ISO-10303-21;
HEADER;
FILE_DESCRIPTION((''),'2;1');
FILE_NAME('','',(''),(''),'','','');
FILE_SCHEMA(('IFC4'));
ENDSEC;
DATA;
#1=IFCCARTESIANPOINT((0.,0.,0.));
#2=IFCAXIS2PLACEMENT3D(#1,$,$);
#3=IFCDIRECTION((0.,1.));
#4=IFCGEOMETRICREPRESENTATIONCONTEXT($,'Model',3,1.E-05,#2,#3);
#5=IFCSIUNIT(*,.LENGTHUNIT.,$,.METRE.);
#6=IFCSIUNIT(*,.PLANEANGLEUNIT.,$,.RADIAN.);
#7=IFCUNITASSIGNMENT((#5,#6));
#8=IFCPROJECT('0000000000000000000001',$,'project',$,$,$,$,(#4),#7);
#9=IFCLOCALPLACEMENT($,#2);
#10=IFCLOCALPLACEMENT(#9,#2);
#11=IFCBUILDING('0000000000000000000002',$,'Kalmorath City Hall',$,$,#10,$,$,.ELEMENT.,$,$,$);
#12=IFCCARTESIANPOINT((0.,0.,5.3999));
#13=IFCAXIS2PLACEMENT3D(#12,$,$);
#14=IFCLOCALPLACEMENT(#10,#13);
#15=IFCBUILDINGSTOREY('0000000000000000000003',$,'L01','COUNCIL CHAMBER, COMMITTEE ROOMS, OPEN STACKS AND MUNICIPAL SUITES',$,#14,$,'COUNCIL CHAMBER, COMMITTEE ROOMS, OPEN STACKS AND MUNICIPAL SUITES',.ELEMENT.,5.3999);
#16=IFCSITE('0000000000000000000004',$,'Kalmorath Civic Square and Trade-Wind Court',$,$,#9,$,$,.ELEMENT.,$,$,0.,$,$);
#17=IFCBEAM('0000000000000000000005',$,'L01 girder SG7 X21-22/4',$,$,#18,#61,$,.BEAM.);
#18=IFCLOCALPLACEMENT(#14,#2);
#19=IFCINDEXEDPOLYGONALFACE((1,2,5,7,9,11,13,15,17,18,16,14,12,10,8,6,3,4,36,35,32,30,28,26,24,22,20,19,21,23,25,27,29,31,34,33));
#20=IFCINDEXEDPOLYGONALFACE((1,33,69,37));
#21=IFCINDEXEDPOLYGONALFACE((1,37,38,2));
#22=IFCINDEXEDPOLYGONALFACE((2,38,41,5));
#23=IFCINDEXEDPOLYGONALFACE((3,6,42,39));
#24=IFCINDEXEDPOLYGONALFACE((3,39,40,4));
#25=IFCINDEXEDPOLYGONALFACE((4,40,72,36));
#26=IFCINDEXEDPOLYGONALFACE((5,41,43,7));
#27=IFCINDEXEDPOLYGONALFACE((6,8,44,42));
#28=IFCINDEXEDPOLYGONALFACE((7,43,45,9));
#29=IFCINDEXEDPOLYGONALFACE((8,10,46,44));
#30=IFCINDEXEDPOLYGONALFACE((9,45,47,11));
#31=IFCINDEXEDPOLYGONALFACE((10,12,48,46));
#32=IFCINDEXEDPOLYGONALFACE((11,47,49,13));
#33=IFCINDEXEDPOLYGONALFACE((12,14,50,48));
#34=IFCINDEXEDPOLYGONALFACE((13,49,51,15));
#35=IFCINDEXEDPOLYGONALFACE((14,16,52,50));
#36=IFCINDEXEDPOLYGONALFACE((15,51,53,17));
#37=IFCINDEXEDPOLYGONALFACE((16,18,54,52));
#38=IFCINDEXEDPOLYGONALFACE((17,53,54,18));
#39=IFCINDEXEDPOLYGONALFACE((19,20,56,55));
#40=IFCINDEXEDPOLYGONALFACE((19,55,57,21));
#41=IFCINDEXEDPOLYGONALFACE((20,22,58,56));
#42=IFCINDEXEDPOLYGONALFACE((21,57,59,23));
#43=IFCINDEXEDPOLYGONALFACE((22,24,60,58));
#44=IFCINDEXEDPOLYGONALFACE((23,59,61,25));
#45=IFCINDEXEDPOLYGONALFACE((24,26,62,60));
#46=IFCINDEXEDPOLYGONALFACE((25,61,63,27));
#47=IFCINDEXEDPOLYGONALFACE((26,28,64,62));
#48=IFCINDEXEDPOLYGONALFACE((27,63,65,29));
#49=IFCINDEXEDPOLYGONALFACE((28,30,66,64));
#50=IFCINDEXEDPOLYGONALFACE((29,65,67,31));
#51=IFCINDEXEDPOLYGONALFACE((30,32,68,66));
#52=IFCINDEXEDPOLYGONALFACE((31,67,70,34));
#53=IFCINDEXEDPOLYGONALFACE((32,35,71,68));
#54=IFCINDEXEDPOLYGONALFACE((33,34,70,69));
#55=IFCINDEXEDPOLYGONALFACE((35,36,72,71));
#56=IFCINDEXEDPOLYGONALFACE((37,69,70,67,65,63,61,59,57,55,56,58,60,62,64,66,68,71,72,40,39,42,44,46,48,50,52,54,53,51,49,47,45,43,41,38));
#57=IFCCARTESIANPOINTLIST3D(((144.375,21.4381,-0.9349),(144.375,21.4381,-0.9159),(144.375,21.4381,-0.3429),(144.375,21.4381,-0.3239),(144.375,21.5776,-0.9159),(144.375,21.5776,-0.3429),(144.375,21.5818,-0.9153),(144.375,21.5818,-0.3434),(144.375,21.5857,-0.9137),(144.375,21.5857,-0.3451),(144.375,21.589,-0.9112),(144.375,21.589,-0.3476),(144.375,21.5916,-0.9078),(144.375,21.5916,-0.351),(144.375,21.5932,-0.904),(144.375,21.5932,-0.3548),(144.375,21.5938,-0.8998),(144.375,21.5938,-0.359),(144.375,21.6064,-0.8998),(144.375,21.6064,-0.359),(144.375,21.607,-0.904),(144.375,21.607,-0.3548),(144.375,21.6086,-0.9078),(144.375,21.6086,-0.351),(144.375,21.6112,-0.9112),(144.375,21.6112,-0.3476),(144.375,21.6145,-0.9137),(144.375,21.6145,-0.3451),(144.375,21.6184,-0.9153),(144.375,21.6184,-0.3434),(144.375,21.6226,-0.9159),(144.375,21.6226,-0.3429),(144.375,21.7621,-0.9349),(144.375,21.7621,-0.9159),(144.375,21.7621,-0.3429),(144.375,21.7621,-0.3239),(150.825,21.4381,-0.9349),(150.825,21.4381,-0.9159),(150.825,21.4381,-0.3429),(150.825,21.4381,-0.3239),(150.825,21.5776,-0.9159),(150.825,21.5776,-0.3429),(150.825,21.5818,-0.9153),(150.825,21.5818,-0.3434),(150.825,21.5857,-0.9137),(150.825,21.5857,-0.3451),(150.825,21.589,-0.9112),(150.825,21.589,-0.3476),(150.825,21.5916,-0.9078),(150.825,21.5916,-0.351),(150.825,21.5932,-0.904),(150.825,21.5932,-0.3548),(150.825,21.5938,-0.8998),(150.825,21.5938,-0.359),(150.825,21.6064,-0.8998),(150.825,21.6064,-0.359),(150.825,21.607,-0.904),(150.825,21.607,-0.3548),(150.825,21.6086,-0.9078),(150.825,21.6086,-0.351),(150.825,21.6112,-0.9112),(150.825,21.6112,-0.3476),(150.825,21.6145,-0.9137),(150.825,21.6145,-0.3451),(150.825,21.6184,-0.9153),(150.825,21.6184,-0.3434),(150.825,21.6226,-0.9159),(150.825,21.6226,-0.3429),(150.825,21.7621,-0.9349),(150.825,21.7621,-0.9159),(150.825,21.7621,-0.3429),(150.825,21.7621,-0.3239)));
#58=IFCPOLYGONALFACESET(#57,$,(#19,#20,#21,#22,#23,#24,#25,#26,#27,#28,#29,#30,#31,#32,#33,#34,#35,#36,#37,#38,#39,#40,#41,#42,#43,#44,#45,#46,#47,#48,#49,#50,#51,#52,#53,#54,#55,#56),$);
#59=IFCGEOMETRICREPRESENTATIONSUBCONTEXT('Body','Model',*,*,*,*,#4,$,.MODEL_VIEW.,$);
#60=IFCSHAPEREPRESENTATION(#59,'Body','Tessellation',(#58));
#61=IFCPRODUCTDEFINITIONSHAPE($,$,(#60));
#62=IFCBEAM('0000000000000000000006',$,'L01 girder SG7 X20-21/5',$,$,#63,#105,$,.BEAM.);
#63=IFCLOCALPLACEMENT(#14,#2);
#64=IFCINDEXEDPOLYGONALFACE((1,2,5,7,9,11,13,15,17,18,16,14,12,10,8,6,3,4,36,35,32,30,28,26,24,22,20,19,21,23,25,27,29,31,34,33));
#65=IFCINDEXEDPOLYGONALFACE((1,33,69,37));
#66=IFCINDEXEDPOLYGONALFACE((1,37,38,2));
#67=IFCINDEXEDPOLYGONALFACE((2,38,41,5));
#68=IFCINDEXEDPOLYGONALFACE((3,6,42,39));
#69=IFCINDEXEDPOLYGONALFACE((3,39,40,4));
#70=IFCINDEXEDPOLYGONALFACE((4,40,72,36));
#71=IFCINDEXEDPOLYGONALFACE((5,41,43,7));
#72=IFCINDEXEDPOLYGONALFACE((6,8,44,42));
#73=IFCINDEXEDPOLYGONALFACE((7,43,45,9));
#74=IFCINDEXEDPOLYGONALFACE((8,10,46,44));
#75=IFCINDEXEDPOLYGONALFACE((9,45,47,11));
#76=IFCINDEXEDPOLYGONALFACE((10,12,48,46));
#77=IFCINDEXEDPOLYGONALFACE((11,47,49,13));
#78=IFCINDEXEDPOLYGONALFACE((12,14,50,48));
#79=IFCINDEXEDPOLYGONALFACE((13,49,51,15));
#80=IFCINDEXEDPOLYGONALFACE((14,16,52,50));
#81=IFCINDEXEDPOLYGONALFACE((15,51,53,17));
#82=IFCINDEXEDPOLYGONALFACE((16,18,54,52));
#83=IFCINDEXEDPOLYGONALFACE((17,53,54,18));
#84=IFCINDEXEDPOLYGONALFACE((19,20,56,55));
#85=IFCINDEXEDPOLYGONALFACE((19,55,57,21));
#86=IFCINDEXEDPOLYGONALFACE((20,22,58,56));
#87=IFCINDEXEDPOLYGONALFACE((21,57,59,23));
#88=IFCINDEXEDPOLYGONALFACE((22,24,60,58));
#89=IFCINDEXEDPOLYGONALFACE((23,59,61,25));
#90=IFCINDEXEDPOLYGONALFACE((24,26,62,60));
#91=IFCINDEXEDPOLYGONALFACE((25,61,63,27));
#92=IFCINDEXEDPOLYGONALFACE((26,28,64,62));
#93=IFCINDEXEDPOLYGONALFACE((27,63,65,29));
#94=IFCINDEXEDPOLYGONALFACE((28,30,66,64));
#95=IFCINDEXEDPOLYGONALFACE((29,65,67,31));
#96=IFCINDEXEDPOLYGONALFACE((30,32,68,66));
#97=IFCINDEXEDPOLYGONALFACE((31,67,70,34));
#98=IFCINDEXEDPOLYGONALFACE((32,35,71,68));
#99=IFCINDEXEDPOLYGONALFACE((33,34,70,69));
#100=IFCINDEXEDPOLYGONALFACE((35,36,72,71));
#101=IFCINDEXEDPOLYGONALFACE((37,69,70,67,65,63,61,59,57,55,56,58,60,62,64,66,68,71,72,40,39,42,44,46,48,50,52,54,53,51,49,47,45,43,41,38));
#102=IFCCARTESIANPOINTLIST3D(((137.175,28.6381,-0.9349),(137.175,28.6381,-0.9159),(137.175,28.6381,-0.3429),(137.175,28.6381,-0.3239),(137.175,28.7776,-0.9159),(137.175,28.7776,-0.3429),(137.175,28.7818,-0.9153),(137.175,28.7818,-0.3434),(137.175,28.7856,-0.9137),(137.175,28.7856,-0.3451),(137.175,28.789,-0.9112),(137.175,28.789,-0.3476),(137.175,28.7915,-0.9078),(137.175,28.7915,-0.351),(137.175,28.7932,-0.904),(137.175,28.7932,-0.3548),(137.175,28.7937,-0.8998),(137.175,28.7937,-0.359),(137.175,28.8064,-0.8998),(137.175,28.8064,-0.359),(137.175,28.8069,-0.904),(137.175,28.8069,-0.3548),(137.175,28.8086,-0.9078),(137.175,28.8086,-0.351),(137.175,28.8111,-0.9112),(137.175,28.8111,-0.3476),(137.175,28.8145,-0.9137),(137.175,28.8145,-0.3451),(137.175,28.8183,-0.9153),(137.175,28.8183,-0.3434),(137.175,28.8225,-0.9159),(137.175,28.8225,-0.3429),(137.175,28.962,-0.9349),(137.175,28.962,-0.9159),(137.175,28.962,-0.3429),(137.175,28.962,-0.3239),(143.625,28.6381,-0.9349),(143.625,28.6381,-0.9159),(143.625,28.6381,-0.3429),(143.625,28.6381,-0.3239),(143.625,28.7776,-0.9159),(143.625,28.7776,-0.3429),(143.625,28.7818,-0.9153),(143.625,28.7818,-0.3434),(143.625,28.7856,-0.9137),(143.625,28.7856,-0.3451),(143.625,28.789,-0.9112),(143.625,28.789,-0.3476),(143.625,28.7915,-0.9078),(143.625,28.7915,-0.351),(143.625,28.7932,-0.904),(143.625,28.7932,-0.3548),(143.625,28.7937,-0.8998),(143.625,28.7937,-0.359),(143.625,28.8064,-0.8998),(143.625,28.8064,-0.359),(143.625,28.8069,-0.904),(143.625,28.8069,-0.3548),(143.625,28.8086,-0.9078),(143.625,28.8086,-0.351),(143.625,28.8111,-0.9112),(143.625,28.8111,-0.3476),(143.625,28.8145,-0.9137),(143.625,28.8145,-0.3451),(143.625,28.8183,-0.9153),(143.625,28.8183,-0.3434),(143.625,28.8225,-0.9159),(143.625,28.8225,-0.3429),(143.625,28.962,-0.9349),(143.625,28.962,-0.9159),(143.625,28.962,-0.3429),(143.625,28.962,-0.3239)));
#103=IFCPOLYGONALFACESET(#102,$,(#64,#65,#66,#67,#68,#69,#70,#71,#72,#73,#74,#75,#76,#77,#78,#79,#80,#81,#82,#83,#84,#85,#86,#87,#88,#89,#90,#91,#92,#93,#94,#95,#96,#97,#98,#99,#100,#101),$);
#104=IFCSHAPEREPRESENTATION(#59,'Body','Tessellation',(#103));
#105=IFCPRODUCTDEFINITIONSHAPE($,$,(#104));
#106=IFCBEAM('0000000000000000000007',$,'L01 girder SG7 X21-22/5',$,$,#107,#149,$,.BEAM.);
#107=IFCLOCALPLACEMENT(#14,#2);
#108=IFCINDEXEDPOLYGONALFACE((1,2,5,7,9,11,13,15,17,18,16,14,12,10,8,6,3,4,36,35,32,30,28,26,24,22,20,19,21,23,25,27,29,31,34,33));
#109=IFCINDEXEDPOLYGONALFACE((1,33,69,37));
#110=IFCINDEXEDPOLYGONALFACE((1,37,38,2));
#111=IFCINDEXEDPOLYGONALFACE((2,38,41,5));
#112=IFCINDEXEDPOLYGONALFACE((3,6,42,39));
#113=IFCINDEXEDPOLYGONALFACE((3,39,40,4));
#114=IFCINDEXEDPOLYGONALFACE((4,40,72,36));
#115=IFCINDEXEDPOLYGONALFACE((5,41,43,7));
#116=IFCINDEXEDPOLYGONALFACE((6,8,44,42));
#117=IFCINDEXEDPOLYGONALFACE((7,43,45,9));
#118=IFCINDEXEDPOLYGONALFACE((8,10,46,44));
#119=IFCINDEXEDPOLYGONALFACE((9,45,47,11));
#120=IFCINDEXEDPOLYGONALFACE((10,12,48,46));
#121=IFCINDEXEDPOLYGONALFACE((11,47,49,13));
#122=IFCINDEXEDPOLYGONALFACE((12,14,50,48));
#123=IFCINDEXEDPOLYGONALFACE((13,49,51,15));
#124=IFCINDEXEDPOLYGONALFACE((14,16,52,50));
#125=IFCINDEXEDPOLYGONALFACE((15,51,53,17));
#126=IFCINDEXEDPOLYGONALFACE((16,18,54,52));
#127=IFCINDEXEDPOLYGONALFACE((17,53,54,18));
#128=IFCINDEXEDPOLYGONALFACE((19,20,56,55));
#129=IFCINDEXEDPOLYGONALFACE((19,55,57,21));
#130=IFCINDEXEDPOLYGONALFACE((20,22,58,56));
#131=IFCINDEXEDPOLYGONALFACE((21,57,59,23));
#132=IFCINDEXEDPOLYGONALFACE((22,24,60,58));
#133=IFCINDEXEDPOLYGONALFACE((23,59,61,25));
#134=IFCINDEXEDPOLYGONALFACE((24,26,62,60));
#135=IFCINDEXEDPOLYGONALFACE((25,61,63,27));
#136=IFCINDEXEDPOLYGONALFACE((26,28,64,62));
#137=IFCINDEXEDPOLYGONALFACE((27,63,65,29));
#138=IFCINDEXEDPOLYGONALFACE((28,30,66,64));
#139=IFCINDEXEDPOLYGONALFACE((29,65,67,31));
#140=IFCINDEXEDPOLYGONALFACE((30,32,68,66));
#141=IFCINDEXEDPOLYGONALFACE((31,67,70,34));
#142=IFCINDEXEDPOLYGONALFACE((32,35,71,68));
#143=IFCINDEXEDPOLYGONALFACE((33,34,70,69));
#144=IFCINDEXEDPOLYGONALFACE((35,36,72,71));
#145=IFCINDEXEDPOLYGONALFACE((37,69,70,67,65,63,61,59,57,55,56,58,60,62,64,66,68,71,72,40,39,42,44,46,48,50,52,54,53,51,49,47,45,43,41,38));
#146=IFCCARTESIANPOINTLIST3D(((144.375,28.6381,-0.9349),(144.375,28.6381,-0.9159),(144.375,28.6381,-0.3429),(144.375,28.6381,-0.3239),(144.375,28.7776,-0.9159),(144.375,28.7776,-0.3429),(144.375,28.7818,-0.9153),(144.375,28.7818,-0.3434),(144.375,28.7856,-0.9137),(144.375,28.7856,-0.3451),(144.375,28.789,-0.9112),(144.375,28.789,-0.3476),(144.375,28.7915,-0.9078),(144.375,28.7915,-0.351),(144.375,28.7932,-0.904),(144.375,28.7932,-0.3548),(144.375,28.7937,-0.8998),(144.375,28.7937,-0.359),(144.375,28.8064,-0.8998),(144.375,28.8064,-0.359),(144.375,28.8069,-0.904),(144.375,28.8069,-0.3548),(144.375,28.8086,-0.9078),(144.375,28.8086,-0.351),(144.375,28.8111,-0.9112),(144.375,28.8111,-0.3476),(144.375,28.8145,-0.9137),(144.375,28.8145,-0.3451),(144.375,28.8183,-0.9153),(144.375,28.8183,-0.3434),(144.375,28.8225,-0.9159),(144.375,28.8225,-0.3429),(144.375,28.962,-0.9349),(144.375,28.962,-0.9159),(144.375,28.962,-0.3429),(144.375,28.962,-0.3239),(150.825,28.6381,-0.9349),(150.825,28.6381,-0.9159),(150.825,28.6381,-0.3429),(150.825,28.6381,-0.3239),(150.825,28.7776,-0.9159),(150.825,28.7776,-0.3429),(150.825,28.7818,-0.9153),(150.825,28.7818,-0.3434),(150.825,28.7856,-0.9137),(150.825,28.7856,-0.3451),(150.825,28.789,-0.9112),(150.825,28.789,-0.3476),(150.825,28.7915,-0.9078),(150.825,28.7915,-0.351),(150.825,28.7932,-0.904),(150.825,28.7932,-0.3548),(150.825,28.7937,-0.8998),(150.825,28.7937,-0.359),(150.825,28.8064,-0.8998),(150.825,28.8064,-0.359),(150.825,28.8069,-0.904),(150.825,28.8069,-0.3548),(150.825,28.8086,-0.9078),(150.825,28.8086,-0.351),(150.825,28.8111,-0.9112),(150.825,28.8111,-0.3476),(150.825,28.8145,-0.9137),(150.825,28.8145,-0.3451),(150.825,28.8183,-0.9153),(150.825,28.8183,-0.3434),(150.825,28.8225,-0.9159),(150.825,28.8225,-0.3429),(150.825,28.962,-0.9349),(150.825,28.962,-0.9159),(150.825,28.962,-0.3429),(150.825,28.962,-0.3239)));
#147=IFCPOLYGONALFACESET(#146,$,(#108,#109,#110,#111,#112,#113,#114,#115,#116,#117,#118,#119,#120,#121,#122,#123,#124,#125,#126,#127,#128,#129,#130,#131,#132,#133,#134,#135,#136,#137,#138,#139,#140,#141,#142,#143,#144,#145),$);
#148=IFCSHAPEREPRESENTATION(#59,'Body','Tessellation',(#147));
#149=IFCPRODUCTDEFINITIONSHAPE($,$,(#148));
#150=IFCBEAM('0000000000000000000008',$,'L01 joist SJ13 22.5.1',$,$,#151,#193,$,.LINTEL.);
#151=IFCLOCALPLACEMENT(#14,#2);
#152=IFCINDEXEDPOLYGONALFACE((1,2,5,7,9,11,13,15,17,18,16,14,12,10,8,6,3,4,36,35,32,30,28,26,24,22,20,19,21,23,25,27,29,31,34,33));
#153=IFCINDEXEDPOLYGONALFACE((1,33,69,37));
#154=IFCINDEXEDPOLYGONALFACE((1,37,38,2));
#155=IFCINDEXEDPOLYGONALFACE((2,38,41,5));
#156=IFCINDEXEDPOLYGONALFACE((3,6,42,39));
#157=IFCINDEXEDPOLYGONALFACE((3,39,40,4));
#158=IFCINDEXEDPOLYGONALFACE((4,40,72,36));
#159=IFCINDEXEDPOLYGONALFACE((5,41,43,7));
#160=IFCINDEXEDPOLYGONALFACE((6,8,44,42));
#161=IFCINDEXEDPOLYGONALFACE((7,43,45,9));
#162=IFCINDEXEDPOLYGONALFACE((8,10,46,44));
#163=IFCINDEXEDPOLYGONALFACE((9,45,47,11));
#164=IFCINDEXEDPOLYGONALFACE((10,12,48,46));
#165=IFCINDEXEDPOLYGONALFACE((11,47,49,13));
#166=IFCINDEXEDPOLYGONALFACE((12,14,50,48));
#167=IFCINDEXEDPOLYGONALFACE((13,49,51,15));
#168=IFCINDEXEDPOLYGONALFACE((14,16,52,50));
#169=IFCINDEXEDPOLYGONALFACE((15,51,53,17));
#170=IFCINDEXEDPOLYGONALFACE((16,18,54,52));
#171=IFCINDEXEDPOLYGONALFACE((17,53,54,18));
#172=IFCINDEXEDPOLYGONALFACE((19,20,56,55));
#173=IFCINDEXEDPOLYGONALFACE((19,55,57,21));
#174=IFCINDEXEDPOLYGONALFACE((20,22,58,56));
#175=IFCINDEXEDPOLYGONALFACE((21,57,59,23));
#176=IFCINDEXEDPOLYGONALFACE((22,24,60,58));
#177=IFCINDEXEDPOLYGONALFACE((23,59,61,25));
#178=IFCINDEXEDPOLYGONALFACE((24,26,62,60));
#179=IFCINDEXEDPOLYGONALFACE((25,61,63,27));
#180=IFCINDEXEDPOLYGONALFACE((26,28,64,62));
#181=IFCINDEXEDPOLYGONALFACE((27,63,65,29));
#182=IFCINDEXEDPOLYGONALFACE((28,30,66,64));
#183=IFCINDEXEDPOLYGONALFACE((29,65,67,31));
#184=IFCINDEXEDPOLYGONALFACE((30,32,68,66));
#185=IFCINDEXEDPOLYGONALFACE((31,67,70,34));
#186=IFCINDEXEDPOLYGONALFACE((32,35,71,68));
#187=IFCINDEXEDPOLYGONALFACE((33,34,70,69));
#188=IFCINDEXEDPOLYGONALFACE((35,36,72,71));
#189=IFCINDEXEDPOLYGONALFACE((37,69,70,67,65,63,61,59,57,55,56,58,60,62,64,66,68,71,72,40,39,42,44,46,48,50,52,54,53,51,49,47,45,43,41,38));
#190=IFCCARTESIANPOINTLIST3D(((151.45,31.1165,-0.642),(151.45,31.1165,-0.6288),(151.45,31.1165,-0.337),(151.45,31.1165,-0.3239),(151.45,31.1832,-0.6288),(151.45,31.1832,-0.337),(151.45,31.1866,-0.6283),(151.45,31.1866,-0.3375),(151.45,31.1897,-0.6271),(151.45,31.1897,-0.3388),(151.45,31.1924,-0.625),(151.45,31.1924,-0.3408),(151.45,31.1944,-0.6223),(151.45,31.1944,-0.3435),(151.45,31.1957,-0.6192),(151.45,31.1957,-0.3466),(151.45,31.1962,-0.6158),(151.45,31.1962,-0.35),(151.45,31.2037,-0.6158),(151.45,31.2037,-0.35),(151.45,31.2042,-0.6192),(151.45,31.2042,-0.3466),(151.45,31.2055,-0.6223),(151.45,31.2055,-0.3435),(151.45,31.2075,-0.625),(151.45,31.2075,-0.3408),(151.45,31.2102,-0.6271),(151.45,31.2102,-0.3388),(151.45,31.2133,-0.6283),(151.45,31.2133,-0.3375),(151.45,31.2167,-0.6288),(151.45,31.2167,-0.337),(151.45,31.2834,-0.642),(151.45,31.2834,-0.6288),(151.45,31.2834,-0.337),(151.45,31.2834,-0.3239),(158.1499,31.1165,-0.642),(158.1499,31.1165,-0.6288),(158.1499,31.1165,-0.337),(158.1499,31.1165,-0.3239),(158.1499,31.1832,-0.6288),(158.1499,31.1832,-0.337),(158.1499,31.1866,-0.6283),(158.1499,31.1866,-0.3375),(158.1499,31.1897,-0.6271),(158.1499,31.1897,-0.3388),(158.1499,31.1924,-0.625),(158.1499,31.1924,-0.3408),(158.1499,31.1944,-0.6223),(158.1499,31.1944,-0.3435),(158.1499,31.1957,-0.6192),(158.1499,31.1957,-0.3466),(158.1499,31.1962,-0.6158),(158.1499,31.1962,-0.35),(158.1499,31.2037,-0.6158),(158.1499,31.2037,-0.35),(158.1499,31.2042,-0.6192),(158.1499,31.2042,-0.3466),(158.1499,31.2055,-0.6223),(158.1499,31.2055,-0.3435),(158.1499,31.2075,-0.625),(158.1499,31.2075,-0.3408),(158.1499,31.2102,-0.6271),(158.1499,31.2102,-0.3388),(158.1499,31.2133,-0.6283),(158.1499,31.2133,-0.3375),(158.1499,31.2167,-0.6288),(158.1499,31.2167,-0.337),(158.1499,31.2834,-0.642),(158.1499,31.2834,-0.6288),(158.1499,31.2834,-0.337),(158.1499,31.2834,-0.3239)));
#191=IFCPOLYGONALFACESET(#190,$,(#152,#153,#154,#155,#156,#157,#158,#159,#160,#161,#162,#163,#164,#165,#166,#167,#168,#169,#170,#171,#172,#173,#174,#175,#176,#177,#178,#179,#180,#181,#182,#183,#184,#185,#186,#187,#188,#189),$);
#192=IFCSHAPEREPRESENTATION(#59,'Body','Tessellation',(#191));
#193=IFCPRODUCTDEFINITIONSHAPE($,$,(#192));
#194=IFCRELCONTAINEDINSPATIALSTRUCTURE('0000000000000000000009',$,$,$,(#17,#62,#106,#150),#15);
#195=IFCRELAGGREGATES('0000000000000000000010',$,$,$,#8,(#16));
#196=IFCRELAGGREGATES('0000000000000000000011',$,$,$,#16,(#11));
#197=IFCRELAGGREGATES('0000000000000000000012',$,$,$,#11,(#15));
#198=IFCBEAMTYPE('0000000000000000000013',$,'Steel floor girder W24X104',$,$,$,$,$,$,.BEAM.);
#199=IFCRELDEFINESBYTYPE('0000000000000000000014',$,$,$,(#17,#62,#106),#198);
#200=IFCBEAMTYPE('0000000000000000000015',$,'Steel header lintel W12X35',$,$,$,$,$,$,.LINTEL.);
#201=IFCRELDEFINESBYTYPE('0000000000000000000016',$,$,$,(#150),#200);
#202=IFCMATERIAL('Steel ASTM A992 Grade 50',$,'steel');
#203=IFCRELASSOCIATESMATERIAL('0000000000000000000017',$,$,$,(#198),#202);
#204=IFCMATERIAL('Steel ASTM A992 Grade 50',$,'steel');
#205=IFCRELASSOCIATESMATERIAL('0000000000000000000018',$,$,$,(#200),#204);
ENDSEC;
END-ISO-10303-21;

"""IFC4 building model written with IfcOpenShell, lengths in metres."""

from ifc_helpers import new_model, si_unit, direction, frame, origin, origin_2d, place, context, subcontext, project, spatial, i_section, extrude, material, material_profile, profile_set, type_object, element, save


model = new_model("IFC4")

# Units and contexts
model_context = context("Model", 3, precision=1e-05, world=origin(), true_north=direction((0.0, 1.0)))
body_context = subcontext(model_context, "Body", "Model", "MODEL_VIEW")
ifc_project = project(units=[si_unit("LENGTHUNIT", "METRE"), si_unit("PLANEANGLEUNIT", "RADIAN")], contexts=[model_context])

# Site, building, storey
site_placement = place(None, origin())
site = spatial("IfcSite", under=ifc_project, at=site_placement, Name="Kalmorath Civic Square and Trade-Wind Court", CompositionType="ELEMENT", RefElevation=0.0)
building_placement = place(site_placement, origin())
building = spatial("IfcBuilding", under=site, at=building_placement, Name="Kalmorath City Hall", CompositionType="ELEMENT")
storey_placement = place(building_placement, frame((0.0, 0.0, 5.3999)))
storey = spatial("IfcBuildingStorey", under=building, at=storey_placement, Name="L01", Description="COUNCIL CHAMBER, COMMITTEE ROOMS, OPEN STACKS AND MUNICIPAL SUITES", LongName="COUNCIL CHAMBER, COMMITTEE ROOMS, OPEN STACKS AND MUNICIPAL SUITES", CompositionType="ELEMENT", Elevation=5.3999)

# Beams
ifc_material_1 = material(Name="Steel ASTM A992 Grade 50", Category="steel")
ifc_material_profile_1 = material_profile(ifc_material_1, i_section(OverallWidth=0.324, OverallDepth=0.6111, WebThickness=0.0127, FlangeThickness=0.019, FilletRadius=0.0161, at=origin_2d()), Name="W24X104")
ifc_profile_set_1 = profile_set([ifc_material_profile_1], Name="Steel ASTM A992 Grade 50")
beam_type_1 = type_object("IfcBeamType", Name="Steel floor girder W24X104", PredefinedType="BEAM", material=ifc_profile_set_1)
for number, where, z_axis, x_axis, name in (
    (1, (144.375, 21.6001, -0.6294), (1.0, 0.0, 0.0), (0.0, 1.0, 0.0), "L01 girder SG7 X21-22/4"),
    (2, (137.175, 28.8, -0.6294), (1.0, 0.0, 0.0), (0.0, 1.0, 0.0), "L01 girder SG7 X20-21/5"),
    (3, (144.375, 28.8, -0.6294), (1.0, 0.0, 0.0), (0.0, 1.0, 0.0), "L01 girder SG7 X21-22/5"),
):
    element("IfcBeam", number, at=place(storey_placement, frame(where, z_axis=z_axis, x_axis=x_axis)), inside=storey, type_object=beam_type_1, Name=name, PredefinedType="BEAM", context=body_context, shape_type="SweptSolid", body=[
        extrude(i_section(OverallWidth=0.324, OverallDepth=0.6111, WebThickness=0.0127, FlangeThickness=0.019, FilletRadius=0.0161, at=origin_2d()), origin(), (0.0, 0.0, 1.0), 6.45),
    ])
ifc_material_2 = material(Name="Steel ASTM A992 Grade 50", Category="steel")
ifc_material_profile_2 = material_profile(ifc_material_2, i_section(OverallWidth=0.167, OverallDepth=0.3181, WebThickness=0.0076, FlangeThickness=0.0132, FilletRadius=0.0129, at=origin_2d()), Name="W12X35")
ifc_profile_set_2 = profile_set([ifc_material_profile_2], Name="Steel ASTM A992 Grade 50")
beam_type_2 = type_object("IfcBeamType", Name="Steel header lintel W12X35", PredefinedType="LINTEL", material=ifc_profile_set_2)
for number, where, z_axis, x_axis, name in (
    (4, (151.45, 31.2, -0.4829), (1.0, 0.0, 0.0), (0.0, 1.0, 0.0), "L01 joist SJ13 22.5.1"),
):
    element("IfcBeam", number, at=place(storey_placement, frame(where, z_axis=z_axis, x_axis=x_axis)), inside=storey, type_object=beam_type_2, Name=name, PredefinedType="LINTEL", context=body_context, shape_type="SweptSolid", body=[
        extrude(i_section(OverallWidth=0.167, OverallDepth=0.3181, WebThickness=0.0076, FlangeThickness=0.0132, FilletRadius=0.0129, at=origin_2d()), origin(), (0.0, 0.0, 1.0), 6.7),
    ])

save(model, "model.ifc")
